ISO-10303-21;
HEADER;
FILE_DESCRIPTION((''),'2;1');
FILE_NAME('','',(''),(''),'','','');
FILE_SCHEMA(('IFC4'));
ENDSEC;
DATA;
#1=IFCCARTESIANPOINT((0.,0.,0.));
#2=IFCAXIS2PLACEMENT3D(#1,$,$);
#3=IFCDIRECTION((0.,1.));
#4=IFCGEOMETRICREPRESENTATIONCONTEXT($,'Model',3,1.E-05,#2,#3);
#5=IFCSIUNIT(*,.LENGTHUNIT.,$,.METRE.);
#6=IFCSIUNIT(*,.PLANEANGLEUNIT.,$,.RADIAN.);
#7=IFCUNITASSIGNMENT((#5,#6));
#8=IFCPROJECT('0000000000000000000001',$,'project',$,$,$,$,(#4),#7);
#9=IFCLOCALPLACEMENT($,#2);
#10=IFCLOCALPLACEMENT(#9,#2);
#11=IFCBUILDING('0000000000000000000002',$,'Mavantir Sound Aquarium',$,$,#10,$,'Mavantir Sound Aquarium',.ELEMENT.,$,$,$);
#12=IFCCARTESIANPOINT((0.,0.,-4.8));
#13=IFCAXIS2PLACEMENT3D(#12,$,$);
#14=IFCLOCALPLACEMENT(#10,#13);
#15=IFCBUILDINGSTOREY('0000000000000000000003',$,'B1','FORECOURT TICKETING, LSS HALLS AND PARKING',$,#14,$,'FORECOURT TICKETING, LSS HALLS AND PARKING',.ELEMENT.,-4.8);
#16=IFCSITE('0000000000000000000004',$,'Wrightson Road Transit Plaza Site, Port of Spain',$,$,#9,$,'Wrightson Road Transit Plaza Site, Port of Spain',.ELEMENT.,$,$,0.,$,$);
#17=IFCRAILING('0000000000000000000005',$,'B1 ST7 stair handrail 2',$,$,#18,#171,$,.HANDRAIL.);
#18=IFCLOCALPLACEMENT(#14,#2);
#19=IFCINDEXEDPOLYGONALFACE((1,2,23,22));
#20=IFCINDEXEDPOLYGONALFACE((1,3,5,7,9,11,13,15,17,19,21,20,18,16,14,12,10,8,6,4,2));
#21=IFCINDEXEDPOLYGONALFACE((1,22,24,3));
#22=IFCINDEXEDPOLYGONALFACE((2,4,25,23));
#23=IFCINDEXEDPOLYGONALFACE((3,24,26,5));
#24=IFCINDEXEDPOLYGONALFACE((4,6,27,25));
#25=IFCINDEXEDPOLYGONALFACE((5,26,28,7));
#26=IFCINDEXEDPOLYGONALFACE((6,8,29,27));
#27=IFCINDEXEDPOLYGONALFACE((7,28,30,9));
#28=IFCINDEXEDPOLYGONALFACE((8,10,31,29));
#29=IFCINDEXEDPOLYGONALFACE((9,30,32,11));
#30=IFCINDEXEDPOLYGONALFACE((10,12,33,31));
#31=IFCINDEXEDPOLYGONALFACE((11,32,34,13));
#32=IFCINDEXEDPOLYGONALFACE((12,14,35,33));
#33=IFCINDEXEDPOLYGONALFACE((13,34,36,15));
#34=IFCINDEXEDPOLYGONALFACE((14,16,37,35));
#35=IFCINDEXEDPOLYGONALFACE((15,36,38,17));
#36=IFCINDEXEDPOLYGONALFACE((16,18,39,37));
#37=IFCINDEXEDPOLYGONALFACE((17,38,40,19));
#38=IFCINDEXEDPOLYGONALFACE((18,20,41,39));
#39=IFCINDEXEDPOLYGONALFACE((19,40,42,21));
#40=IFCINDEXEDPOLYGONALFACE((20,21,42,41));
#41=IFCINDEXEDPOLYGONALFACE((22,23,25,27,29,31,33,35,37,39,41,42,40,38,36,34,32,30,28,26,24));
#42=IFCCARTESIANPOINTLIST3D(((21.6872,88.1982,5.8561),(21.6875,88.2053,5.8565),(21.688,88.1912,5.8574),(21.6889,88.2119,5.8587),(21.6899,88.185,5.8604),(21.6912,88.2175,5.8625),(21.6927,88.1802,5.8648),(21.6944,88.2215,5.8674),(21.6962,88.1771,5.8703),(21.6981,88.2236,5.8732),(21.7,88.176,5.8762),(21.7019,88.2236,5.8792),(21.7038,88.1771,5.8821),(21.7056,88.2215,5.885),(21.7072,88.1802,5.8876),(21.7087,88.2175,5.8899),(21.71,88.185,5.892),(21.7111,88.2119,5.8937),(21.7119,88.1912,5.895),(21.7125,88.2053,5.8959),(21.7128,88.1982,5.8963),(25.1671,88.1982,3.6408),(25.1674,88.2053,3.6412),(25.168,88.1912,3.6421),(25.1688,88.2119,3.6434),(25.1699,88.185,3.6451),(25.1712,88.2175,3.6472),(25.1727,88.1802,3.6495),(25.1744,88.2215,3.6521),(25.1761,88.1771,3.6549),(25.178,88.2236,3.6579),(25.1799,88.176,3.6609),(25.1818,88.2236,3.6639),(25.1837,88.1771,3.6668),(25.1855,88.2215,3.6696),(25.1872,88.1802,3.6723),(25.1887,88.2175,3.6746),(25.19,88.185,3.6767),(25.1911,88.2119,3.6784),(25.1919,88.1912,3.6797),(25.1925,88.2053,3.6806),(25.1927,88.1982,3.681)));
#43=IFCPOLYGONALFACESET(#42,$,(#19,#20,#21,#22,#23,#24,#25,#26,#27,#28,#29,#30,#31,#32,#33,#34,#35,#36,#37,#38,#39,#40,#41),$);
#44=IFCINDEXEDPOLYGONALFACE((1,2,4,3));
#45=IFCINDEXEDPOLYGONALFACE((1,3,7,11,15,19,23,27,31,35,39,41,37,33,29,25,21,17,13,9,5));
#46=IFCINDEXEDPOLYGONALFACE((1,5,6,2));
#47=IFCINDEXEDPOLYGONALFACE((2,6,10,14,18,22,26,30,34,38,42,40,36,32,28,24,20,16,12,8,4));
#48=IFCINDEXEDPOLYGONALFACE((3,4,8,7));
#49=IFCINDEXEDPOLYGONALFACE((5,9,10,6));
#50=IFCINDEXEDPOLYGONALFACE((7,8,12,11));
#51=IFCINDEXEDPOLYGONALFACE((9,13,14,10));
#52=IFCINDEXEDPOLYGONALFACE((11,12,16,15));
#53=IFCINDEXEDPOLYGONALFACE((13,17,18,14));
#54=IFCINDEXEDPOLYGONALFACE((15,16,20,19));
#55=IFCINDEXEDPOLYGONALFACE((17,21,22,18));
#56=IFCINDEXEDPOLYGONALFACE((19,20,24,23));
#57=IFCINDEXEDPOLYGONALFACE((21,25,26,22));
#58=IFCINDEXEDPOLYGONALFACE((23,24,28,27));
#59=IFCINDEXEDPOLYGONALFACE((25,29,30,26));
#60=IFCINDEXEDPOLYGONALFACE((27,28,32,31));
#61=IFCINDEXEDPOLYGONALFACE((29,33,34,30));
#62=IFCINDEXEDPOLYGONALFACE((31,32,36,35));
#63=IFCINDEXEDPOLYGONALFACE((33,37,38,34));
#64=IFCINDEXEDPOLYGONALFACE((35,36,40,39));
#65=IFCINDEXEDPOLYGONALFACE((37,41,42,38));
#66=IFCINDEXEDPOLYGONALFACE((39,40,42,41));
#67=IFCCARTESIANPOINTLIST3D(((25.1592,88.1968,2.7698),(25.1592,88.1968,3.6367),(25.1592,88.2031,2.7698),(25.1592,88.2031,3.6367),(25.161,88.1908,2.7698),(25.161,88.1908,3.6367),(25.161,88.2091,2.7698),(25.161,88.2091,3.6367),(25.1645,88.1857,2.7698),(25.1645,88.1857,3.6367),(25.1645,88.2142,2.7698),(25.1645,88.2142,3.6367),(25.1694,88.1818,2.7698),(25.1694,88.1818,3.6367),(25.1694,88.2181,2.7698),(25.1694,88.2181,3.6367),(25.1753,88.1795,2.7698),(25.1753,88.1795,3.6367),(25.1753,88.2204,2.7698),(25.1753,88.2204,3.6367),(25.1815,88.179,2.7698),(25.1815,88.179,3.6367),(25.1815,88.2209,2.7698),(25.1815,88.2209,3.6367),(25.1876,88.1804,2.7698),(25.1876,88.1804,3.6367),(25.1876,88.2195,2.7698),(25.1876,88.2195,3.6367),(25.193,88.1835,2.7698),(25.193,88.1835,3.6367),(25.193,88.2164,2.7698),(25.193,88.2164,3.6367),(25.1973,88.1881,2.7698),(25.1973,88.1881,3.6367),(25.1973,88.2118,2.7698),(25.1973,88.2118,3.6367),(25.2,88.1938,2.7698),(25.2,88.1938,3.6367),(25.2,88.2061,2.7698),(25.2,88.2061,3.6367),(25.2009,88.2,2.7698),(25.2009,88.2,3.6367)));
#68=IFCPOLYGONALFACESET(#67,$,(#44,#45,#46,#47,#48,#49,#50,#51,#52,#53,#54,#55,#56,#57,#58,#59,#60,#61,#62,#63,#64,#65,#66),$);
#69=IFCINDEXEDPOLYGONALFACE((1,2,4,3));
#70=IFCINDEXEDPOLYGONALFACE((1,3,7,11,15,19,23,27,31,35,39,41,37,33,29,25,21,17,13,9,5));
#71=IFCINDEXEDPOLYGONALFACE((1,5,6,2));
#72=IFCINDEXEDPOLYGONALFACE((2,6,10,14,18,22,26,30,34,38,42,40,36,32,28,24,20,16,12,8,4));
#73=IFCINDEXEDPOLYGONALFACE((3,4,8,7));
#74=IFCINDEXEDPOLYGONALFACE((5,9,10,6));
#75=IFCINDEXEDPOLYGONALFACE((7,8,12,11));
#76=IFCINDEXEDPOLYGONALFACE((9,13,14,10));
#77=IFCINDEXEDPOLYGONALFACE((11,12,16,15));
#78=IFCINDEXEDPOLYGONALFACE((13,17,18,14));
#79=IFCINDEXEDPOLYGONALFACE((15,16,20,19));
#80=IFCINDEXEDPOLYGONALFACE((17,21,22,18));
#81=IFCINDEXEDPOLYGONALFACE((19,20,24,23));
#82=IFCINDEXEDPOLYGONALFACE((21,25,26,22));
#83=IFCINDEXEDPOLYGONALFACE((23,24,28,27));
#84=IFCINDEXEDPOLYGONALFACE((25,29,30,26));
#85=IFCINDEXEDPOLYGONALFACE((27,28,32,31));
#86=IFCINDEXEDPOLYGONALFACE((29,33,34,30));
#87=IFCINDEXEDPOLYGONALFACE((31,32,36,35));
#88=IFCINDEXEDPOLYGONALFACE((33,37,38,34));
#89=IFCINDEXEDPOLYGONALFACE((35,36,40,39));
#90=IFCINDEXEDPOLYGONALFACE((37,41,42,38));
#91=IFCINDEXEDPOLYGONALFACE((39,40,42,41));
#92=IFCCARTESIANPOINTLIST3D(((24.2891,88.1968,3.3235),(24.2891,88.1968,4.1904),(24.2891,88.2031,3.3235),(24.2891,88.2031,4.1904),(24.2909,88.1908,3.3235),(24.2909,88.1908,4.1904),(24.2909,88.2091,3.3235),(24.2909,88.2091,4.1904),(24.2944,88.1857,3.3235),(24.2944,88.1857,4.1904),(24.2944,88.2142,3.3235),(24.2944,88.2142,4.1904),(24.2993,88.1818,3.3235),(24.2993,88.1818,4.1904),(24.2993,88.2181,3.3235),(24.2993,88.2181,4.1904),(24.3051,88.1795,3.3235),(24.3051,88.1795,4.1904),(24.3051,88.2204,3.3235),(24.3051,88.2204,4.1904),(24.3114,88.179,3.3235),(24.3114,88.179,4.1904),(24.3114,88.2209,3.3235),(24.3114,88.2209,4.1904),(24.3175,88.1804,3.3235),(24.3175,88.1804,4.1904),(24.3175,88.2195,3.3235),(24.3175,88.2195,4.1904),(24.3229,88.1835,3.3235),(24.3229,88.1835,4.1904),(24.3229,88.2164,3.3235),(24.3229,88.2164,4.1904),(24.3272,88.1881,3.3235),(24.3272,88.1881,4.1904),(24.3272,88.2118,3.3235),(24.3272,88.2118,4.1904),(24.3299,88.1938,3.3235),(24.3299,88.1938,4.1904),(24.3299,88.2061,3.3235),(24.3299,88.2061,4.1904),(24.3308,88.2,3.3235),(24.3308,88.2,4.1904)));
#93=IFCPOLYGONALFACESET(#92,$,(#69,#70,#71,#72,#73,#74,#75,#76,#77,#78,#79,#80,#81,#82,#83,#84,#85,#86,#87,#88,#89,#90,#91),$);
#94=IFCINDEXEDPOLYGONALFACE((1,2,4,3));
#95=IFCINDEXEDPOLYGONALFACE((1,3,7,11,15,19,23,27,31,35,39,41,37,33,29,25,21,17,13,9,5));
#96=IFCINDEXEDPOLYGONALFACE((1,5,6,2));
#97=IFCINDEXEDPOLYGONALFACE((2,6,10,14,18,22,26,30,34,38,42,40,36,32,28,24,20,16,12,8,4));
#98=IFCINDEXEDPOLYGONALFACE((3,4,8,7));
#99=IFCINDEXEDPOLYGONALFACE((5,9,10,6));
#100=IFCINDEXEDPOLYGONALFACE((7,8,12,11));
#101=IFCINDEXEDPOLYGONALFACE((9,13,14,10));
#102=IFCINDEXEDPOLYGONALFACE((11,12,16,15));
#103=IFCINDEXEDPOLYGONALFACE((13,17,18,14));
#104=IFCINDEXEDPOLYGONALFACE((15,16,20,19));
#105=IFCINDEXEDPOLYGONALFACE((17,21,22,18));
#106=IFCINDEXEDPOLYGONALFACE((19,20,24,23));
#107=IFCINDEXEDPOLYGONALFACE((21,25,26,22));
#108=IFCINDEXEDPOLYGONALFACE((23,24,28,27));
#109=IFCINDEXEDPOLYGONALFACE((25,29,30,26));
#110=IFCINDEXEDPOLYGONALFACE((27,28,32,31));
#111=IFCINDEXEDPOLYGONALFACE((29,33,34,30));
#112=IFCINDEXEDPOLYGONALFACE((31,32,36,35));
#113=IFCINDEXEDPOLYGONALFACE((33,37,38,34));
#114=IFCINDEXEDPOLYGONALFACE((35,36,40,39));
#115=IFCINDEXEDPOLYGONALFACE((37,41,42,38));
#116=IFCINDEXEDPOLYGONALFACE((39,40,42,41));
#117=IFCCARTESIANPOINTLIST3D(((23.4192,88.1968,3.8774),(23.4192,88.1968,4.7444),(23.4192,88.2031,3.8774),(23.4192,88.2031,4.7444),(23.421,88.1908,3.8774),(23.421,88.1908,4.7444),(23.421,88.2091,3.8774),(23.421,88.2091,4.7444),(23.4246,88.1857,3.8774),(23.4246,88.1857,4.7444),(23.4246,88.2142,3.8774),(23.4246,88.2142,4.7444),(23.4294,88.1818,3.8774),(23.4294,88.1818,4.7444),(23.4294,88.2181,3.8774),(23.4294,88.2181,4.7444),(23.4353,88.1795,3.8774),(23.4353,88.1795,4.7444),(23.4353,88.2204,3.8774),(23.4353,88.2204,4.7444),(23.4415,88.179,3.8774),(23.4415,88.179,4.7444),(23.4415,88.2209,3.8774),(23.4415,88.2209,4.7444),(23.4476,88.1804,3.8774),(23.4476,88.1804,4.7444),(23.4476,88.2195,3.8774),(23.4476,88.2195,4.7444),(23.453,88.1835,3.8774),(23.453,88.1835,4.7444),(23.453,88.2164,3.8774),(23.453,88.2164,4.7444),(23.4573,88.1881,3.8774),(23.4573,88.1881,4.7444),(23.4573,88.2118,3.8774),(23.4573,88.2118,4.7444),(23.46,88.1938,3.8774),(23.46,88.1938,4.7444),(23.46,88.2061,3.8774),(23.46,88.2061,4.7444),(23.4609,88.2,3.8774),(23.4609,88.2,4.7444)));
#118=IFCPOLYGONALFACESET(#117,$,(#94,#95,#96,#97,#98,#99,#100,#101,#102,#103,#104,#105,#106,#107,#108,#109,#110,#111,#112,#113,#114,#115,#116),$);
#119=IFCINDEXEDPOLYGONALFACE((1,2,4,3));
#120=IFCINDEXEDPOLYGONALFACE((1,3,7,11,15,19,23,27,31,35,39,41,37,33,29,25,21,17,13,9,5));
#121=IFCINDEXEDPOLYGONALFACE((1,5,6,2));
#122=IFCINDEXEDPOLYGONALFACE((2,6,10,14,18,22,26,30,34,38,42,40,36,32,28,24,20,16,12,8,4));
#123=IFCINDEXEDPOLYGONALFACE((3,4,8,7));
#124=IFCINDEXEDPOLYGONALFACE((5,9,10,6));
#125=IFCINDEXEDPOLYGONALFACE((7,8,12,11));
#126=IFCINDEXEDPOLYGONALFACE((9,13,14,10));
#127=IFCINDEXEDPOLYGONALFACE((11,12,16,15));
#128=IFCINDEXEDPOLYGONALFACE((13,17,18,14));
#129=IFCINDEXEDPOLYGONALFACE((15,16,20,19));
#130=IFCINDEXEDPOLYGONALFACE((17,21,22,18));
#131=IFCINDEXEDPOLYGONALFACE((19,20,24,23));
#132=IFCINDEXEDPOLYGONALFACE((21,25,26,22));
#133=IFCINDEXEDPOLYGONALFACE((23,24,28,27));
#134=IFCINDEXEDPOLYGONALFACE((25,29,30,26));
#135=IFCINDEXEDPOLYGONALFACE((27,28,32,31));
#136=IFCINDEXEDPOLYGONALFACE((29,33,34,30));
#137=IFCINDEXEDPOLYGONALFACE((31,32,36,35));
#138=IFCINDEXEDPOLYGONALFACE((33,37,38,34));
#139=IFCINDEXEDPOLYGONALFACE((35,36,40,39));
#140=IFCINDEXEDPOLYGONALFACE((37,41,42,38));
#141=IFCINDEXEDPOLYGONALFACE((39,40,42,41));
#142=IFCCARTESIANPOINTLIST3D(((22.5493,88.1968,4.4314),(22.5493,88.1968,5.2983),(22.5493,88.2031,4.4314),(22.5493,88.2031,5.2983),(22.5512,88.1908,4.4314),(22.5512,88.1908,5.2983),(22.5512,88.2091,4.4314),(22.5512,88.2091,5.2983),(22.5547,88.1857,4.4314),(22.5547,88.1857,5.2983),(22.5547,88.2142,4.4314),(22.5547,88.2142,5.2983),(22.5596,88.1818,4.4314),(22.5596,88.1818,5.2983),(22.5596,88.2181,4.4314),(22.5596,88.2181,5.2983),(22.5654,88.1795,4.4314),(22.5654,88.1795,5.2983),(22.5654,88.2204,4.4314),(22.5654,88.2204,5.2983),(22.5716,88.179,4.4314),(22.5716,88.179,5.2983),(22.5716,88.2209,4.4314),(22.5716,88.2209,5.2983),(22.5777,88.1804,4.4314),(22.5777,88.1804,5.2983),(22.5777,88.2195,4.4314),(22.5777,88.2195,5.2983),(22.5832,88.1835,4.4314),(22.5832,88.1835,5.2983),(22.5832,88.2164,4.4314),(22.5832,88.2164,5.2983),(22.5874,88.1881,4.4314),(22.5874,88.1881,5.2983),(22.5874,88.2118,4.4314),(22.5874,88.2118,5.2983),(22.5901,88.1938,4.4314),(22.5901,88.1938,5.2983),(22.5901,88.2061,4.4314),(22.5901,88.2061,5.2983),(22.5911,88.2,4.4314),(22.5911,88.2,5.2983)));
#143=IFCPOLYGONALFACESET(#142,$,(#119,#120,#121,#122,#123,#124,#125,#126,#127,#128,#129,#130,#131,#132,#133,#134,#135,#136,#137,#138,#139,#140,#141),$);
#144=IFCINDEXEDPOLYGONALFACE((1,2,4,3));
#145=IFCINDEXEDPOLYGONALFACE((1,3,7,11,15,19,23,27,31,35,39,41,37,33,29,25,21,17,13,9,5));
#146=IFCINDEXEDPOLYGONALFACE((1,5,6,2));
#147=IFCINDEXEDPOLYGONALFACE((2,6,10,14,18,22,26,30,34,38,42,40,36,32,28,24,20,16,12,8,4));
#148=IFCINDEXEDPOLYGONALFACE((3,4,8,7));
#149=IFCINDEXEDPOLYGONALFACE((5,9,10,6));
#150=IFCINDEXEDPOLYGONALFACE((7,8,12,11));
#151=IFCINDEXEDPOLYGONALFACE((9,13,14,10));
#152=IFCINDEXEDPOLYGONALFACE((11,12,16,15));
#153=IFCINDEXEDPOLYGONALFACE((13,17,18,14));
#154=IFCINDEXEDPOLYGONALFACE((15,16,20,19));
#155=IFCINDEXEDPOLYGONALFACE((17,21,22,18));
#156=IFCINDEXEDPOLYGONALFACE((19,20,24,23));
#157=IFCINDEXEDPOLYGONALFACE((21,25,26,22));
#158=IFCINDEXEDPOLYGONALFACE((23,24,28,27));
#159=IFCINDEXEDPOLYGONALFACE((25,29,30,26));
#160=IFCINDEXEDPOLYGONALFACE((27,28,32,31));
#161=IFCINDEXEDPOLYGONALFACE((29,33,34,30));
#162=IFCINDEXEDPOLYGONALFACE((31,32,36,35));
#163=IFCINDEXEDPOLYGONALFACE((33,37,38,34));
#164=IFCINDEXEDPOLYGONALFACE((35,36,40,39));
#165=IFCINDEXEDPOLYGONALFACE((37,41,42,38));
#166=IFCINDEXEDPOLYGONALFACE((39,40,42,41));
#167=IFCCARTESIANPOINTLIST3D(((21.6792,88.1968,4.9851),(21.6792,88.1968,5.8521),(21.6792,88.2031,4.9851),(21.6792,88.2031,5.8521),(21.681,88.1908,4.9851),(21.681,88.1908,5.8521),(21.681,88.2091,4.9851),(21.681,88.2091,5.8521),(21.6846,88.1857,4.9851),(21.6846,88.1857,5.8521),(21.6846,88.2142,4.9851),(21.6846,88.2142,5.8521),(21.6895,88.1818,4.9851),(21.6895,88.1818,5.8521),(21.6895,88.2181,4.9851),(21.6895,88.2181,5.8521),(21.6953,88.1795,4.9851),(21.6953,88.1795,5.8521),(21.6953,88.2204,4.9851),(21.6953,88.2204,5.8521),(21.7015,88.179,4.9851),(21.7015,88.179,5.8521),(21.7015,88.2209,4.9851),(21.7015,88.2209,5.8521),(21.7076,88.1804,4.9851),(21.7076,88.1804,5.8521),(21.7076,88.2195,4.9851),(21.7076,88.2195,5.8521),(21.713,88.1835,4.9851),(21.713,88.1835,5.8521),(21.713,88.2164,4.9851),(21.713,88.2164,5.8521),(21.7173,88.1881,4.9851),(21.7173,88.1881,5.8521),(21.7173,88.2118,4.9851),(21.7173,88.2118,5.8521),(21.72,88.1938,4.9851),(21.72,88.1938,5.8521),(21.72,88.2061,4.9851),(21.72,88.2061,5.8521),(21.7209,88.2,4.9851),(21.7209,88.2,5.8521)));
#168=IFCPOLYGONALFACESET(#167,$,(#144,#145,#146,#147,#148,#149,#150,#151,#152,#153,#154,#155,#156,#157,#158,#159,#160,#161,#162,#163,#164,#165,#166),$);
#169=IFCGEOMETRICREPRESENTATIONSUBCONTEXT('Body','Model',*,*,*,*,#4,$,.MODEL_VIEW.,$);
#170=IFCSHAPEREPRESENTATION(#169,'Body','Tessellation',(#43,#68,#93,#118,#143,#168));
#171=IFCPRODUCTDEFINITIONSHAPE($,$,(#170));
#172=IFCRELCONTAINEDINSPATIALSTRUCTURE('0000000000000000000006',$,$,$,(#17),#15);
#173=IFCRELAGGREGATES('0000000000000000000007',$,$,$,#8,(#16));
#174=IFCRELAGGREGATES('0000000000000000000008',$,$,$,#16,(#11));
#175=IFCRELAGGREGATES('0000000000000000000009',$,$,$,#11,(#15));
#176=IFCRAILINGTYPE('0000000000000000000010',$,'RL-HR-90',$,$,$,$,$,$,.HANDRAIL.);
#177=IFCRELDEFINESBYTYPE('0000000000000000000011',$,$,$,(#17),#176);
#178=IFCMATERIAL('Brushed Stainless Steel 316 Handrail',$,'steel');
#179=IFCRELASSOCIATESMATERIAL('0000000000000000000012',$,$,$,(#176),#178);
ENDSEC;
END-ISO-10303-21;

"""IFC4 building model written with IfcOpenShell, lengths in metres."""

from ifc_helpers import new_model, si_unit, direction, frame, origin, origin_2d, place, context, subcontext, project, spatial, circle, extrude, material, type_object, element, save


model = new_model("IFC4")

# Units and contexts
model_context = context("Model", 3, precision=1e-05, world=origin(), true_north=direction((0.0, 1.0)))
body_context = subcontext(model_context, "Body", "Model", "MODEL_VIEW")
ifc_project = project(units=[si_unit("LENGTHUNIT", "METRE"), si_unit("PLANEANGLEUNIT", "RADIAN")], contexts=[model_context])

# Site, building, storey
site_placement = place(None, origin())
site = spatial("IfcSite", under=ifc_project, at=site_placement, Name="Wrightson Road Transit Plaza Site, Port of Spain", LongName="Wrightson Road Transit Plaza Site, Port of Spain", CompositionType="ELEMENT", RefElevation=0.0)
building_placement = place(site_placement, origin())
building = spatial("IfcBuilding", under=site, at=building_placement, Name="Mavantir Sound Aquarium", LongName="Mavantir Sound Aquarium", CompositionType="ELEMENT")
storey_placement = place(building_placement, frame((0.0, 0.0, -4.8)))
storey = spatial("IfcBuildingStorey", under=building, at=storey_placement, Name="B1", Description="FORECOURT TICKETING, LSS HALLS AND PARKING", LongName="FORECOURT TICKETING, LSS HALLS AND PARKING", CompositionType="ELEMENT", Elevation=-4.8)

# Railing
ifc_material_1 = material(Name="Brushed Stainless Steel 316 Handrail", Category="steel")
railing_type_1 = type_object("IfcRailingType", Name="RL-HR-90", PredefinedType="HANDRAIL", material=ifc_material_1)
railing_1_placement = place(storey_placement, frame((25.1799, 88.2, 2.7698)))
element("IfcRailing", 1, at=railing_1_placement, inside=storey, type_object=railing_type_1, Name="B1 ST7 stair handrail 2", PredefinedType="HANDRAIL", context=body_context, shape_type="SweptSolid", body=[
    extrude(circle(Radius=0.0239, at=origin_2d()), frame((0.0, 0.0, 0.8911), z_axis=(-0.843574, 0.0, 0.537013), x_axis=(0.0, -1.0, 0.0)), (0.0, 0.0, 1.0), 4.1252),
    extrude(circle(Radius=0.021, at=origin_2d()), origin(), (0.0, 0.0, 1.0), 0.8669),
    extrude(circle(Radius=0.021, at=origin_2d()), frame((-0.8701, 0.0, 0.5537)), (0.0, 0.0, 1.0), 0.8669),
    extrude(circle(Radius=0.021, at=origin_2d()), frame((-1.74, 0.0, 1.1077)), (0.0, 0.0, 1.0), 0.8669),
    extrude(circle(Radius=0.021, at=origin_2d()), frame((-2.6099, 0.0, 1.6616)), (0.0, 0.0, 1.0), 0.8669),
    extrude(circle(Radius=0.021, at=origin_2d()), frame((-3.48, 0.0, 2.2153)), (0.0, 0.0, 1.0), 0.8669),
])

save(model, "model.ifc")
